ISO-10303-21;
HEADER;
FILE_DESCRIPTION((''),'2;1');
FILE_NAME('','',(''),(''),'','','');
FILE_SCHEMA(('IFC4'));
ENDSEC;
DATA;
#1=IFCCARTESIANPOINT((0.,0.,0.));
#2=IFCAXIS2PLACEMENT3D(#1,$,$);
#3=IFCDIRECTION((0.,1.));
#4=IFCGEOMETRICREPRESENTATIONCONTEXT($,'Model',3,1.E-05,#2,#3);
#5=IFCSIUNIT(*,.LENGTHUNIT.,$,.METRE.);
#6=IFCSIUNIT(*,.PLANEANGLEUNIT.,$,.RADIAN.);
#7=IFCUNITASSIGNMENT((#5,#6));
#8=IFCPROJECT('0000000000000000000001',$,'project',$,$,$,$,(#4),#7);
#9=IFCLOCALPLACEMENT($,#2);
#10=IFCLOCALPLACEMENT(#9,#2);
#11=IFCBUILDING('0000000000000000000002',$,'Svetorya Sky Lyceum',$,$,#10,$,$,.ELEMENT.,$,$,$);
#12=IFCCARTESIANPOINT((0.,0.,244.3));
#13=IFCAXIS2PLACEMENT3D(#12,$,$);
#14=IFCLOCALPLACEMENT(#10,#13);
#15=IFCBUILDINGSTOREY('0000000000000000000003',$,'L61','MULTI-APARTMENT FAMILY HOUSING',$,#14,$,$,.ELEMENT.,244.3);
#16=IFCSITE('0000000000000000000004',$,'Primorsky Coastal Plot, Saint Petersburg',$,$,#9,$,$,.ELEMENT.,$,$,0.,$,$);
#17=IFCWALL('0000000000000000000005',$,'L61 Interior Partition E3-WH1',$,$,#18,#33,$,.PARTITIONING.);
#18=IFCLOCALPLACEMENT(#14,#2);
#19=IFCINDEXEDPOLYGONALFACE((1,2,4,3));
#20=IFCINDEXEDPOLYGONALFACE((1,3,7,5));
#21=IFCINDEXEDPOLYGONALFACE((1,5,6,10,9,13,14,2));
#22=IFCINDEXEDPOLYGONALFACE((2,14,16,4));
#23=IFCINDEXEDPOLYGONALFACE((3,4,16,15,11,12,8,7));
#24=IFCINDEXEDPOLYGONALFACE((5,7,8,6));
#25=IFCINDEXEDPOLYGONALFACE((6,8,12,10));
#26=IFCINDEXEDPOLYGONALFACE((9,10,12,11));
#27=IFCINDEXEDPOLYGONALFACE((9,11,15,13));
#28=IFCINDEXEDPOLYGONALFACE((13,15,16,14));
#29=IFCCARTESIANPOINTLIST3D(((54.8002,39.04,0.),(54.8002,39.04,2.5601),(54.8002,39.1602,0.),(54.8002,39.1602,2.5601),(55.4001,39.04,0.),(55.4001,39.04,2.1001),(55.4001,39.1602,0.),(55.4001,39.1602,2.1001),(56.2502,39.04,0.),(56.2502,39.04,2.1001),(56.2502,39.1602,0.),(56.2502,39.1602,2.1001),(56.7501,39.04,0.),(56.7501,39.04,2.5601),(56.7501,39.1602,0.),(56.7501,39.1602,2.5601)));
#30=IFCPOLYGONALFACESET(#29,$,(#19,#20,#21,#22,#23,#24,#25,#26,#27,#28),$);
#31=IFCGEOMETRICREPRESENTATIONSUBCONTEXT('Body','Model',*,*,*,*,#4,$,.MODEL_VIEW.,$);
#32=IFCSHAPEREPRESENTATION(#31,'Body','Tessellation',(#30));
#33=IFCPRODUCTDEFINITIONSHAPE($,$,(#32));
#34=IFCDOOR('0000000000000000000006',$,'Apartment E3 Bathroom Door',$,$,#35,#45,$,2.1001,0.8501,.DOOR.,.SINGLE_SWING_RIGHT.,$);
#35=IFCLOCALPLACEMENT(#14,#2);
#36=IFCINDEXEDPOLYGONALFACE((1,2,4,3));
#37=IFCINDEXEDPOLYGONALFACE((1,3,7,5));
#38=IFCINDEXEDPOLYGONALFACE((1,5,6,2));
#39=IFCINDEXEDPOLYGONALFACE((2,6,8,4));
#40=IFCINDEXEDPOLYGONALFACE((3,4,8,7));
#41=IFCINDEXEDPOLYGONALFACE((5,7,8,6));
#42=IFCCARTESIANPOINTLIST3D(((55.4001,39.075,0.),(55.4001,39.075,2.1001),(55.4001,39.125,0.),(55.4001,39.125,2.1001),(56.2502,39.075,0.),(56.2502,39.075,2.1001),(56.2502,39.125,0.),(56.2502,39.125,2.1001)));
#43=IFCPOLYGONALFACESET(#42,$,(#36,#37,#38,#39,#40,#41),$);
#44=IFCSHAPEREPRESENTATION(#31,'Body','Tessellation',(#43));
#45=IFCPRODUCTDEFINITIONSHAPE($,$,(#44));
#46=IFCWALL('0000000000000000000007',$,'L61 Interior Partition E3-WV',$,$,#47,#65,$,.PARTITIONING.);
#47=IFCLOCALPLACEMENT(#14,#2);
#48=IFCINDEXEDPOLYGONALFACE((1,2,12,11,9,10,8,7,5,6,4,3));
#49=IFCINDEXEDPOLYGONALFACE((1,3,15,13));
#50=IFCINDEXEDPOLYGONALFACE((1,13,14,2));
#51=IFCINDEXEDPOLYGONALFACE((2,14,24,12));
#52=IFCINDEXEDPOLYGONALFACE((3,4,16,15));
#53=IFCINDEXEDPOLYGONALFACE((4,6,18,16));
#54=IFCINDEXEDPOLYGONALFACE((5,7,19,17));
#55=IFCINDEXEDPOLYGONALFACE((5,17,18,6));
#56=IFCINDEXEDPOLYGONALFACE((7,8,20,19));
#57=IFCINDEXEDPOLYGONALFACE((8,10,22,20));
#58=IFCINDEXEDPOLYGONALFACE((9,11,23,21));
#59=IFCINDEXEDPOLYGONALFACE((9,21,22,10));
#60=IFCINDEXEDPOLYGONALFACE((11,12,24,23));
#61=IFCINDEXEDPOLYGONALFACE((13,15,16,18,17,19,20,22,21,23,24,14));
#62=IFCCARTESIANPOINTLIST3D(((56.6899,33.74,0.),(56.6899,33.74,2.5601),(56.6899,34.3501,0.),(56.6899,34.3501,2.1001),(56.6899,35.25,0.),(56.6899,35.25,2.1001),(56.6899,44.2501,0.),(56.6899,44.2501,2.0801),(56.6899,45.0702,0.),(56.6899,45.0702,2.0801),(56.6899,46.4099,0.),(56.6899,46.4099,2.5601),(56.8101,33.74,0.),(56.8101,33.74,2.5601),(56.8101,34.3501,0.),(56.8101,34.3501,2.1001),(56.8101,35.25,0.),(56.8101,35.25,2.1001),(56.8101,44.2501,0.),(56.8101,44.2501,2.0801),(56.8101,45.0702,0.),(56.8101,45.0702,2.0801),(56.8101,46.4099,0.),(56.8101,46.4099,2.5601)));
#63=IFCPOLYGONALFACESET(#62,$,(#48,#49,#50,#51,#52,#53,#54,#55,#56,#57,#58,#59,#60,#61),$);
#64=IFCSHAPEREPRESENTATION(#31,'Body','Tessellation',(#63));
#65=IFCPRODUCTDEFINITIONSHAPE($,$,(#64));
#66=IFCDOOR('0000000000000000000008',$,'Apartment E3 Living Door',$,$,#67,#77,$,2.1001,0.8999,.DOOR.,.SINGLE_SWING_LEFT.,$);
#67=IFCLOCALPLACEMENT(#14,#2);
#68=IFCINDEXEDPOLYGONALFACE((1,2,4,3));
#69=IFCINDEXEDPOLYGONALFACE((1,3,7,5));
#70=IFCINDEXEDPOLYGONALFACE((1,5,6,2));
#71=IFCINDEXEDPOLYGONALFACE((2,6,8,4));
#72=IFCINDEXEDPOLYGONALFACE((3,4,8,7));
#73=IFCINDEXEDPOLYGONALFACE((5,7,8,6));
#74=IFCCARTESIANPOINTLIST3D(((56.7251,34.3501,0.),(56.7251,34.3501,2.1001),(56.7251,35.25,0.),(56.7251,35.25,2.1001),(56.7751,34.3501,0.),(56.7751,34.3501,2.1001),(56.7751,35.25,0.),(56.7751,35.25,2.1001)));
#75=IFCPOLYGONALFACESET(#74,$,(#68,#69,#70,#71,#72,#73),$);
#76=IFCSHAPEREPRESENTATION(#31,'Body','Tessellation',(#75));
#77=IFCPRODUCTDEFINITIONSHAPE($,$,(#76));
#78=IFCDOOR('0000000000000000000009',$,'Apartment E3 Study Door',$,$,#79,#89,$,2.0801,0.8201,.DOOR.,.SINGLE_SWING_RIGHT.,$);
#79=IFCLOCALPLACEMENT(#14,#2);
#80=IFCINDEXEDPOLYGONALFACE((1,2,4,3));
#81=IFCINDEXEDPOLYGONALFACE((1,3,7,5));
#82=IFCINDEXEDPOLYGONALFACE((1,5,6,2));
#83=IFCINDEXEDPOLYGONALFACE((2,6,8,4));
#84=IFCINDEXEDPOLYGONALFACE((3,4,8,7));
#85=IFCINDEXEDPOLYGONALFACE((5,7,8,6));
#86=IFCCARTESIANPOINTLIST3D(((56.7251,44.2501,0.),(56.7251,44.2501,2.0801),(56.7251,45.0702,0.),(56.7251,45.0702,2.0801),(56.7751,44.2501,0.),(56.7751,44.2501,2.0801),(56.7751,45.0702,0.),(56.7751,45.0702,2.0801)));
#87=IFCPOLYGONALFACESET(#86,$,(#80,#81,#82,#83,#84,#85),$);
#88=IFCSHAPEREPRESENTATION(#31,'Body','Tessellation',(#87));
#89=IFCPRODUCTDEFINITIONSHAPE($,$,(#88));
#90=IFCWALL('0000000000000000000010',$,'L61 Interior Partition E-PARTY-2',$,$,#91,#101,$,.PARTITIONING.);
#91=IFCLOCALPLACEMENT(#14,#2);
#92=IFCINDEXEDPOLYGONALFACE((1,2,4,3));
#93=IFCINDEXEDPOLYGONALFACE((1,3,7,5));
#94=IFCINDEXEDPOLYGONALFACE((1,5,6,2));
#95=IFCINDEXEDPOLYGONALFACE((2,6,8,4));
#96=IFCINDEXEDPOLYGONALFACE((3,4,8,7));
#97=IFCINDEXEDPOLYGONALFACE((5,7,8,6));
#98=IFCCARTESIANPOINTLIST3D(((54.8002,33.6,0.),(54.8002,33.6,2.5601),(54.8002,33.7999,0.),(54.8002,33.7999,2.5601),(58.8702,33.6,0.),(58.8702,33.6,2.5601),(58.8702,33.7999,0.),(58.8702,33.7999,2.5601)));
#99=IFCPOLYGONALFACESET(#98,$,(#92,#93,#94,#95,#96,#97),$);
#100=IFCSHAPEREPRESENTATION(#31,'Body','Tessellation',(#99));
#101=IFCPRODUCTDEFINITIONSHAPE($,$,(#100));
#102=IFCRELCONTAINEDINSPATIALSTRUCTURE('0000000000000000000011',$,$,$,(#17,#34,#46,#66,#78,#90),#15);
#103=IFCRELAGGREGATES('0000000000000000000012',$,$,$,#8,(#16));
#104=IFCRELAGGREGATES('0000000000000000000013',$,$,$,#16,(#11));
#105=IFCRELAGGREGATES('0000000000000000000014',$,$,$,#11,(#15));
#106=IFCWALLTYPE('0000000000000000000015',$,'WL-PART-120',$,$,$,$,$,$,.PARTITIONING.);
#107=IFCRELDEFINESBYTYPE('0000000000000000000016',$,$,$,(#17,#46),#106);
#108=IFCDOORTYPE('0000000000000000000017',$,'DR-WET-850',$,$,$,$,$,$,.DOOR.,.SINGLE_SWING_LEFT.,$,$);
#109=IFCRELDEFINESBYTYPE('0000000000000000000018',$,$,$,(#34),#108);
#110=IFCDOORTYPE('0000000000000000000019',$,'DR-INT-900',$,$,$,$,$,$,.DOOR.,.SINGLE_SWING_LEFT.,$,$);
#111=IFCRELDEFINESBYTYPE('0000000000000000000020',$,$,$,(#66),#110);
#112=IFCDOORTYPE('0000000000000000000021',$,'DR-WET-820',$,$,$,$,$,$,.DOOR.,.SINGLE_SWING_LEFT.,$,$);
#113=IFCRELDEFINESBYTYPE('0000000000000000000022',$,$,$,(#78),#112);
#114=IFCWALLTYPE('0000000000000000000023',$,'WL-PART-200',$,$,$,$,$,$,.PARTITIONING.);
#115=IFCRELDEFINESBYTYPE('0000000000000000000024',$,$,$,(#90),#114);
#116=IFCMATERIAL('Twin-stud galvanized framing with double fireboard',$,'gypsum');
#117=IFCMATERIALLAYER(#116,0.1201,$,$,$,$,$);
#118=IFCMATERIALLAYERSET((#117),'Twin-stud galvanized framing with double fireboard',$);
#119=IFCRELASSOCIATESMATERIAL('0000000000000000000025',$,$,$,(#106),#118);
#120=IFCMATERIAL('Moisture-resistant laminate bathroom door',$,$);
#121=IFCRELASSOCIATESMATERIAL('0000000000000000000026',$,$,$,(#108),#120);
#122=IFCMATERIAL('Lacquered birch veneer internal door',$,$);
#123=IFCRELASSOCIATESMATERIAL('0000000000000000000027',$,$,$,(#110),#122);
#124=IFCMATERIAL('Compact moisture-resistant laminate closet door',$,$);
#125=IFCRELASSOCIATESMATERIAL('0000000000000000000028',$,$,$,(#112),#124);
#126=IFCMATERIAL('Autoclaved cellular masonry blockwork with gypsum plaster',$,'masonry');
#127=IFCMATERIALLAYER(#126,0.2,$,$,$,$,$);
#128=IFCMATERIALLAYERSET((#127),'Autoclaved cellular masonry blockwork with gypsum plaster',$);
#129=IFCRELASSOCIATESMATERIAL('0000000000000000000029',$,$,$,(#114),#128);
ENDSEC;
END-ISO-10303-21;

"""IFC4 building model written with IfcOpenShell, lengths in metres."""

from ifc_helpers import new_model, si_unit, direction, frame, frame_2d, origin, place, context, subcontext, project, spatial, rectangle, extrude, material, layer, layer_set, type_object, element, fill, save


model = new_model("IFC4")

# Units and contexts
model_context = context("Model", 3, precision=1e-05, world=origin(), true_north=direction((0.0, 1.0)))
body_context = subcontext(model_context, "Body", "Model", "MODEL_VIEW")
ifc_project = project(units=[si_unit("LENGTHUNIT", "METRE"), si_unit("PLANEANGLEUNIT", "RADIAN")], contexts=[model_context])

# Site, building, storey
site_placement = place(None, origin())
site = spatial("IfcSite", under=ifc_project, at=site_placement, Name="Primorsky Coastal Plot, Saint Petersburg", CompositionType="ELEMENT", RefElevation=0.0)
building_placement = place(site_placement, origin())
building = spatial("IfcBuilding", under=site, at=building_placement, Name="Svetorya Sky Lyceum", CompositionType="ELEMENT")
storey_placement = place(building_placement, frame((0.0, 0.0, 244.3)))
storey = spatial("IfcBuildingStorey", under=building, at=storey_placement, Name="L61", Description="MULTI-APARTMENT FAMILY HOUSING", CompositionType="ELEMENT", Elevation=244.3)

# Wall, opening, door
ifc_material_1 = material(Name="Twin-stud galvanized framing with double fireboard", Category="gypsum")
ifc_layer_1 = layer(ifc_material_1, 0.1201)
ifc_layer_set_1 = layer_set([ifc_layer_1], Name="Twin-stud galvanized framing with double fireboard")
wall_type_1 = type_object("IfcWallType", Name="WL-PART-120", PredefinedType="PARTITIONING", material=ifc_layer_set_1)
wall_1_placement = place(storey_placement, frame((54.8, 39.1001, 0.0), z_axis=(0.0, 0.0, 1.0), x_axis=(1.0, 0.0, 0.0)))
wall_1 = element("IfcWall", 1, at=wall_1_placement, inside=storey, type_object=wall_type_1, Name="L61 Interior Partition E3-WH1", PredefinedType="PARTITIONING", context=body_context, shape_type="SweptSolid", body=[
    extrude(rectangle(XDim=1.95, YDim=0.1201, at=frame_2d((0.9751, 0.0))), origin(), (0.0, 0.0, 1.0), 2.5601),
])
opening_1_placement = place(wall_1_placement, frame((0.6001, 0.0, 0.0)))
opening_1 = element("IfcOpeningElement", 2, at=opening_1_placement, cuts=wall_1, PredefinedType="OPENING", context=body_context, shape_type="SweptSolid", body=[
    extrude(rectangle(XDim=0.8501, YDim=2.1001, at=frame_2d((0.425, 1.05))), frame((0.0, 0.0701, 0.0), z_axis=(0.0, -1.0, 0.0), x_axis=(1.0, 0.0, 0.0)), (0.0, 0.0, 1.0), 0.1401),
])
ifc_material_2 = material(Name="Moisture-resistant laminate bathroom door")
door_type_1 = type_object("IfcDoorType", Name="DR-WET-850", OperationType="SINGLE_SWING_LEFT", PredefinedType="DOOR", material=ifc_material_2)
door_1_placement = place(opening_1_placement, origin())
door_1 = element("IfcDoor", 3, at=door_1_placement, inside=storey, type_object=door_type_1, Name="Apartment E3 Bathroom Door", OperationType="SINGLE_SWING_RIGHT", OverallHeight=2.1001, OverallWidth=0.8501, PredefinedType="DOOR", context=body_context, shape_type="SweptSolid", body=[
    extrude(rectangle(XDim=0.8501, YDim=2.1001, at=frame_2d((0.425, 1.05))), frame((0.0, 0.0249, 0.0), z_axis=(0.0, -1.0, 0.0), x_axis=(1.0, 0.0, 0.0)), (0.0, 0.0, 1.0), 0.05),
])
fill(opening_1, door_1)

# Wall, openings, doors
wall_2_placement = place(storey_placement, frame((56.75, 33.74, 0.0), z_axis=(0.0, 0.0, 1.0), x_axis=(0.0, 1.0, 0.0)))
wall_2 = element("IfcWall", 4, at=wall_2_placement, inside=storey, type_object=wall_type_1, Name="L61 Interior Partition E3-WV", PredefinedType="PARTITIONING", context=body_context, shape_type="SweptSolid", body=[
    extrude(rectangle(XDim=12.6699, YDim=0.1201, at=frame_2d((6.335, 0.0))), origin(), (0.0, 0.0, 1.0), 2.5601),
])
opening_2_placement = place(wall_2_placement, frame((0.6101, 0.0, 0.0)))
opening_2 = element("IfcOpeningElement", 5, at=opening_2_placement, cuts=wall_2, PredefinedType="OPENING", context=body_context, shape_type="SweptSolid", body=[
    extrude(rectangle(XDim=0.8999, YDim=2.1001, at=frame_2d((0.45, 1.05))), frame((0.0, 0.0701, 0.0), z_axis=(0.0, -1.0, 0.0), x_axis=(1.0, 0.0, 0.0)), (0.0, 0.0, 1.0), 0.1401),
])
opening_3_placement = place(wall_2_placement, frame((10.51, 0.0, 0.0)))
opening_3 = element("IfcOpeningElement", 6, at=opening_3_placement, cuts=wall_2, PredefinedType="OPENING", context=body_context, shape_type="SweptSolid", body=[
    extrude(rectangle(XDim=0.8201, YDim=2.0801, at=frame_2d((0.4102, 1.04))), frame((0.0, 0.0701, 0.0), z_axis=(0.0, -1.0, 0.0), x_axis=(1.0, 0.0, 0.0)), (0.0, 0.0, 1.0), 0.1401),
])
ifc_material_3 = material(Name="Lacquered birch veneer internal door")
door_type_2 = type_object("IfcDoorType", Name="DR-INT-900", OperationType="SINGLE_SWING_LEFT", PredefinedType="DOOR", material=ifc_material_3)
door_2_placement = place(opening_2_placement, origin())
door_2 = element("IfcDoor", 7, at=door_2_placement, inside=storey, type_object=door_type_2, Name="Apartment E3 Living Door", OperationType="SINGLE_SWING_LEFT", OverallHeight=2.1001, OverallWidth=0.8999, PredefinedType="DOOR", context=body_context, shape_type="SweptSolid", body=[
    extrude(rectangle(XDim=0.8999, YDim=2.1001, at=frame_2d((0.45, 1.05))), frame((0.0, 0.0249, 0.0), z_axis=(0.0, -1.0, 0.0), x_axis=(1.0, 0.0, 0.0)), (0.0, 0.0, 1.0), 0.05),
])
fill(opening_2, door_2)
ifc_material_4 = material(Name="Compact moisture-resistant laminate closet door")
door_type_3 = type_object("IfcDoorType", Name="DR-WET-820", OperationType="SINGLE_SWING_LEFT", PredefinedType="DOOR", material=ifc_material_4)
door_3_placement = place(opening_3_placement, origin())
door_3 = element("IfcDoor", 8, at=door_3_placement, inside=storey, type_object=door_type_3, Name="Apartment E3 Study Door", OperationType="SINGLE_SWING_RIGHT", OverallHeight=2.0801, OverallWidth=0.8201, PredefinedType="DOOR", context=body_context, shape_type="SweptSolid", body=[
    extrude(rectangle(XDim=0.8201, YDim=2.0801, at=frame_2d((0.4102, 1.04))), frame((0.0, 0.0249, 0.0), z_axis=(0.0, -1.0, 0.0), x_axis=(1.0, 0.0, 0.0)), (0.0, 0.0, 1.0), 0.05),
])
fill(opening_3, door_3)

# Wall
ifc_material_5 = material(Name="Autoclaved cellular masonry blockwork with gypsum plaster", Category="masonry")
ifc_layer_2 = layer(ifc_material_5, 0.2)
ifc_layer_set_2 = layer_set([ifc_layer_2], Name="Autoclaved cellular masonry blockwork with gypsum plaster")
wall_type_2 = type_object("IfcWallType", Name="WL-PART-200", PredefinedType="PARTITIONING", material=ifc_layer_set_2)
wall_3_placement = place(storey_placement, frame((54.8, 33.7, 0.0), z_axis=(0.0, 0.0, 1.0), x_axis=(1.0, 0.0, 0.0)))
element("IfcWall", 9, at=wall_3_placement, inside=storey, type_object=wall_type_2, Name="L61 Interior Partition E-PARTY-2", PredefinedType="PARTITIONING", context=body_context, shape_type="SweptSolid", body=[
    extrude(rectangle(XDim=4.0701, YDim=0.2, at=frame_2d((2.0352, 0.0))), origin(), (0.0, 0.0, 1.0), 2.5601),
])

save(model, "model.ifc")
